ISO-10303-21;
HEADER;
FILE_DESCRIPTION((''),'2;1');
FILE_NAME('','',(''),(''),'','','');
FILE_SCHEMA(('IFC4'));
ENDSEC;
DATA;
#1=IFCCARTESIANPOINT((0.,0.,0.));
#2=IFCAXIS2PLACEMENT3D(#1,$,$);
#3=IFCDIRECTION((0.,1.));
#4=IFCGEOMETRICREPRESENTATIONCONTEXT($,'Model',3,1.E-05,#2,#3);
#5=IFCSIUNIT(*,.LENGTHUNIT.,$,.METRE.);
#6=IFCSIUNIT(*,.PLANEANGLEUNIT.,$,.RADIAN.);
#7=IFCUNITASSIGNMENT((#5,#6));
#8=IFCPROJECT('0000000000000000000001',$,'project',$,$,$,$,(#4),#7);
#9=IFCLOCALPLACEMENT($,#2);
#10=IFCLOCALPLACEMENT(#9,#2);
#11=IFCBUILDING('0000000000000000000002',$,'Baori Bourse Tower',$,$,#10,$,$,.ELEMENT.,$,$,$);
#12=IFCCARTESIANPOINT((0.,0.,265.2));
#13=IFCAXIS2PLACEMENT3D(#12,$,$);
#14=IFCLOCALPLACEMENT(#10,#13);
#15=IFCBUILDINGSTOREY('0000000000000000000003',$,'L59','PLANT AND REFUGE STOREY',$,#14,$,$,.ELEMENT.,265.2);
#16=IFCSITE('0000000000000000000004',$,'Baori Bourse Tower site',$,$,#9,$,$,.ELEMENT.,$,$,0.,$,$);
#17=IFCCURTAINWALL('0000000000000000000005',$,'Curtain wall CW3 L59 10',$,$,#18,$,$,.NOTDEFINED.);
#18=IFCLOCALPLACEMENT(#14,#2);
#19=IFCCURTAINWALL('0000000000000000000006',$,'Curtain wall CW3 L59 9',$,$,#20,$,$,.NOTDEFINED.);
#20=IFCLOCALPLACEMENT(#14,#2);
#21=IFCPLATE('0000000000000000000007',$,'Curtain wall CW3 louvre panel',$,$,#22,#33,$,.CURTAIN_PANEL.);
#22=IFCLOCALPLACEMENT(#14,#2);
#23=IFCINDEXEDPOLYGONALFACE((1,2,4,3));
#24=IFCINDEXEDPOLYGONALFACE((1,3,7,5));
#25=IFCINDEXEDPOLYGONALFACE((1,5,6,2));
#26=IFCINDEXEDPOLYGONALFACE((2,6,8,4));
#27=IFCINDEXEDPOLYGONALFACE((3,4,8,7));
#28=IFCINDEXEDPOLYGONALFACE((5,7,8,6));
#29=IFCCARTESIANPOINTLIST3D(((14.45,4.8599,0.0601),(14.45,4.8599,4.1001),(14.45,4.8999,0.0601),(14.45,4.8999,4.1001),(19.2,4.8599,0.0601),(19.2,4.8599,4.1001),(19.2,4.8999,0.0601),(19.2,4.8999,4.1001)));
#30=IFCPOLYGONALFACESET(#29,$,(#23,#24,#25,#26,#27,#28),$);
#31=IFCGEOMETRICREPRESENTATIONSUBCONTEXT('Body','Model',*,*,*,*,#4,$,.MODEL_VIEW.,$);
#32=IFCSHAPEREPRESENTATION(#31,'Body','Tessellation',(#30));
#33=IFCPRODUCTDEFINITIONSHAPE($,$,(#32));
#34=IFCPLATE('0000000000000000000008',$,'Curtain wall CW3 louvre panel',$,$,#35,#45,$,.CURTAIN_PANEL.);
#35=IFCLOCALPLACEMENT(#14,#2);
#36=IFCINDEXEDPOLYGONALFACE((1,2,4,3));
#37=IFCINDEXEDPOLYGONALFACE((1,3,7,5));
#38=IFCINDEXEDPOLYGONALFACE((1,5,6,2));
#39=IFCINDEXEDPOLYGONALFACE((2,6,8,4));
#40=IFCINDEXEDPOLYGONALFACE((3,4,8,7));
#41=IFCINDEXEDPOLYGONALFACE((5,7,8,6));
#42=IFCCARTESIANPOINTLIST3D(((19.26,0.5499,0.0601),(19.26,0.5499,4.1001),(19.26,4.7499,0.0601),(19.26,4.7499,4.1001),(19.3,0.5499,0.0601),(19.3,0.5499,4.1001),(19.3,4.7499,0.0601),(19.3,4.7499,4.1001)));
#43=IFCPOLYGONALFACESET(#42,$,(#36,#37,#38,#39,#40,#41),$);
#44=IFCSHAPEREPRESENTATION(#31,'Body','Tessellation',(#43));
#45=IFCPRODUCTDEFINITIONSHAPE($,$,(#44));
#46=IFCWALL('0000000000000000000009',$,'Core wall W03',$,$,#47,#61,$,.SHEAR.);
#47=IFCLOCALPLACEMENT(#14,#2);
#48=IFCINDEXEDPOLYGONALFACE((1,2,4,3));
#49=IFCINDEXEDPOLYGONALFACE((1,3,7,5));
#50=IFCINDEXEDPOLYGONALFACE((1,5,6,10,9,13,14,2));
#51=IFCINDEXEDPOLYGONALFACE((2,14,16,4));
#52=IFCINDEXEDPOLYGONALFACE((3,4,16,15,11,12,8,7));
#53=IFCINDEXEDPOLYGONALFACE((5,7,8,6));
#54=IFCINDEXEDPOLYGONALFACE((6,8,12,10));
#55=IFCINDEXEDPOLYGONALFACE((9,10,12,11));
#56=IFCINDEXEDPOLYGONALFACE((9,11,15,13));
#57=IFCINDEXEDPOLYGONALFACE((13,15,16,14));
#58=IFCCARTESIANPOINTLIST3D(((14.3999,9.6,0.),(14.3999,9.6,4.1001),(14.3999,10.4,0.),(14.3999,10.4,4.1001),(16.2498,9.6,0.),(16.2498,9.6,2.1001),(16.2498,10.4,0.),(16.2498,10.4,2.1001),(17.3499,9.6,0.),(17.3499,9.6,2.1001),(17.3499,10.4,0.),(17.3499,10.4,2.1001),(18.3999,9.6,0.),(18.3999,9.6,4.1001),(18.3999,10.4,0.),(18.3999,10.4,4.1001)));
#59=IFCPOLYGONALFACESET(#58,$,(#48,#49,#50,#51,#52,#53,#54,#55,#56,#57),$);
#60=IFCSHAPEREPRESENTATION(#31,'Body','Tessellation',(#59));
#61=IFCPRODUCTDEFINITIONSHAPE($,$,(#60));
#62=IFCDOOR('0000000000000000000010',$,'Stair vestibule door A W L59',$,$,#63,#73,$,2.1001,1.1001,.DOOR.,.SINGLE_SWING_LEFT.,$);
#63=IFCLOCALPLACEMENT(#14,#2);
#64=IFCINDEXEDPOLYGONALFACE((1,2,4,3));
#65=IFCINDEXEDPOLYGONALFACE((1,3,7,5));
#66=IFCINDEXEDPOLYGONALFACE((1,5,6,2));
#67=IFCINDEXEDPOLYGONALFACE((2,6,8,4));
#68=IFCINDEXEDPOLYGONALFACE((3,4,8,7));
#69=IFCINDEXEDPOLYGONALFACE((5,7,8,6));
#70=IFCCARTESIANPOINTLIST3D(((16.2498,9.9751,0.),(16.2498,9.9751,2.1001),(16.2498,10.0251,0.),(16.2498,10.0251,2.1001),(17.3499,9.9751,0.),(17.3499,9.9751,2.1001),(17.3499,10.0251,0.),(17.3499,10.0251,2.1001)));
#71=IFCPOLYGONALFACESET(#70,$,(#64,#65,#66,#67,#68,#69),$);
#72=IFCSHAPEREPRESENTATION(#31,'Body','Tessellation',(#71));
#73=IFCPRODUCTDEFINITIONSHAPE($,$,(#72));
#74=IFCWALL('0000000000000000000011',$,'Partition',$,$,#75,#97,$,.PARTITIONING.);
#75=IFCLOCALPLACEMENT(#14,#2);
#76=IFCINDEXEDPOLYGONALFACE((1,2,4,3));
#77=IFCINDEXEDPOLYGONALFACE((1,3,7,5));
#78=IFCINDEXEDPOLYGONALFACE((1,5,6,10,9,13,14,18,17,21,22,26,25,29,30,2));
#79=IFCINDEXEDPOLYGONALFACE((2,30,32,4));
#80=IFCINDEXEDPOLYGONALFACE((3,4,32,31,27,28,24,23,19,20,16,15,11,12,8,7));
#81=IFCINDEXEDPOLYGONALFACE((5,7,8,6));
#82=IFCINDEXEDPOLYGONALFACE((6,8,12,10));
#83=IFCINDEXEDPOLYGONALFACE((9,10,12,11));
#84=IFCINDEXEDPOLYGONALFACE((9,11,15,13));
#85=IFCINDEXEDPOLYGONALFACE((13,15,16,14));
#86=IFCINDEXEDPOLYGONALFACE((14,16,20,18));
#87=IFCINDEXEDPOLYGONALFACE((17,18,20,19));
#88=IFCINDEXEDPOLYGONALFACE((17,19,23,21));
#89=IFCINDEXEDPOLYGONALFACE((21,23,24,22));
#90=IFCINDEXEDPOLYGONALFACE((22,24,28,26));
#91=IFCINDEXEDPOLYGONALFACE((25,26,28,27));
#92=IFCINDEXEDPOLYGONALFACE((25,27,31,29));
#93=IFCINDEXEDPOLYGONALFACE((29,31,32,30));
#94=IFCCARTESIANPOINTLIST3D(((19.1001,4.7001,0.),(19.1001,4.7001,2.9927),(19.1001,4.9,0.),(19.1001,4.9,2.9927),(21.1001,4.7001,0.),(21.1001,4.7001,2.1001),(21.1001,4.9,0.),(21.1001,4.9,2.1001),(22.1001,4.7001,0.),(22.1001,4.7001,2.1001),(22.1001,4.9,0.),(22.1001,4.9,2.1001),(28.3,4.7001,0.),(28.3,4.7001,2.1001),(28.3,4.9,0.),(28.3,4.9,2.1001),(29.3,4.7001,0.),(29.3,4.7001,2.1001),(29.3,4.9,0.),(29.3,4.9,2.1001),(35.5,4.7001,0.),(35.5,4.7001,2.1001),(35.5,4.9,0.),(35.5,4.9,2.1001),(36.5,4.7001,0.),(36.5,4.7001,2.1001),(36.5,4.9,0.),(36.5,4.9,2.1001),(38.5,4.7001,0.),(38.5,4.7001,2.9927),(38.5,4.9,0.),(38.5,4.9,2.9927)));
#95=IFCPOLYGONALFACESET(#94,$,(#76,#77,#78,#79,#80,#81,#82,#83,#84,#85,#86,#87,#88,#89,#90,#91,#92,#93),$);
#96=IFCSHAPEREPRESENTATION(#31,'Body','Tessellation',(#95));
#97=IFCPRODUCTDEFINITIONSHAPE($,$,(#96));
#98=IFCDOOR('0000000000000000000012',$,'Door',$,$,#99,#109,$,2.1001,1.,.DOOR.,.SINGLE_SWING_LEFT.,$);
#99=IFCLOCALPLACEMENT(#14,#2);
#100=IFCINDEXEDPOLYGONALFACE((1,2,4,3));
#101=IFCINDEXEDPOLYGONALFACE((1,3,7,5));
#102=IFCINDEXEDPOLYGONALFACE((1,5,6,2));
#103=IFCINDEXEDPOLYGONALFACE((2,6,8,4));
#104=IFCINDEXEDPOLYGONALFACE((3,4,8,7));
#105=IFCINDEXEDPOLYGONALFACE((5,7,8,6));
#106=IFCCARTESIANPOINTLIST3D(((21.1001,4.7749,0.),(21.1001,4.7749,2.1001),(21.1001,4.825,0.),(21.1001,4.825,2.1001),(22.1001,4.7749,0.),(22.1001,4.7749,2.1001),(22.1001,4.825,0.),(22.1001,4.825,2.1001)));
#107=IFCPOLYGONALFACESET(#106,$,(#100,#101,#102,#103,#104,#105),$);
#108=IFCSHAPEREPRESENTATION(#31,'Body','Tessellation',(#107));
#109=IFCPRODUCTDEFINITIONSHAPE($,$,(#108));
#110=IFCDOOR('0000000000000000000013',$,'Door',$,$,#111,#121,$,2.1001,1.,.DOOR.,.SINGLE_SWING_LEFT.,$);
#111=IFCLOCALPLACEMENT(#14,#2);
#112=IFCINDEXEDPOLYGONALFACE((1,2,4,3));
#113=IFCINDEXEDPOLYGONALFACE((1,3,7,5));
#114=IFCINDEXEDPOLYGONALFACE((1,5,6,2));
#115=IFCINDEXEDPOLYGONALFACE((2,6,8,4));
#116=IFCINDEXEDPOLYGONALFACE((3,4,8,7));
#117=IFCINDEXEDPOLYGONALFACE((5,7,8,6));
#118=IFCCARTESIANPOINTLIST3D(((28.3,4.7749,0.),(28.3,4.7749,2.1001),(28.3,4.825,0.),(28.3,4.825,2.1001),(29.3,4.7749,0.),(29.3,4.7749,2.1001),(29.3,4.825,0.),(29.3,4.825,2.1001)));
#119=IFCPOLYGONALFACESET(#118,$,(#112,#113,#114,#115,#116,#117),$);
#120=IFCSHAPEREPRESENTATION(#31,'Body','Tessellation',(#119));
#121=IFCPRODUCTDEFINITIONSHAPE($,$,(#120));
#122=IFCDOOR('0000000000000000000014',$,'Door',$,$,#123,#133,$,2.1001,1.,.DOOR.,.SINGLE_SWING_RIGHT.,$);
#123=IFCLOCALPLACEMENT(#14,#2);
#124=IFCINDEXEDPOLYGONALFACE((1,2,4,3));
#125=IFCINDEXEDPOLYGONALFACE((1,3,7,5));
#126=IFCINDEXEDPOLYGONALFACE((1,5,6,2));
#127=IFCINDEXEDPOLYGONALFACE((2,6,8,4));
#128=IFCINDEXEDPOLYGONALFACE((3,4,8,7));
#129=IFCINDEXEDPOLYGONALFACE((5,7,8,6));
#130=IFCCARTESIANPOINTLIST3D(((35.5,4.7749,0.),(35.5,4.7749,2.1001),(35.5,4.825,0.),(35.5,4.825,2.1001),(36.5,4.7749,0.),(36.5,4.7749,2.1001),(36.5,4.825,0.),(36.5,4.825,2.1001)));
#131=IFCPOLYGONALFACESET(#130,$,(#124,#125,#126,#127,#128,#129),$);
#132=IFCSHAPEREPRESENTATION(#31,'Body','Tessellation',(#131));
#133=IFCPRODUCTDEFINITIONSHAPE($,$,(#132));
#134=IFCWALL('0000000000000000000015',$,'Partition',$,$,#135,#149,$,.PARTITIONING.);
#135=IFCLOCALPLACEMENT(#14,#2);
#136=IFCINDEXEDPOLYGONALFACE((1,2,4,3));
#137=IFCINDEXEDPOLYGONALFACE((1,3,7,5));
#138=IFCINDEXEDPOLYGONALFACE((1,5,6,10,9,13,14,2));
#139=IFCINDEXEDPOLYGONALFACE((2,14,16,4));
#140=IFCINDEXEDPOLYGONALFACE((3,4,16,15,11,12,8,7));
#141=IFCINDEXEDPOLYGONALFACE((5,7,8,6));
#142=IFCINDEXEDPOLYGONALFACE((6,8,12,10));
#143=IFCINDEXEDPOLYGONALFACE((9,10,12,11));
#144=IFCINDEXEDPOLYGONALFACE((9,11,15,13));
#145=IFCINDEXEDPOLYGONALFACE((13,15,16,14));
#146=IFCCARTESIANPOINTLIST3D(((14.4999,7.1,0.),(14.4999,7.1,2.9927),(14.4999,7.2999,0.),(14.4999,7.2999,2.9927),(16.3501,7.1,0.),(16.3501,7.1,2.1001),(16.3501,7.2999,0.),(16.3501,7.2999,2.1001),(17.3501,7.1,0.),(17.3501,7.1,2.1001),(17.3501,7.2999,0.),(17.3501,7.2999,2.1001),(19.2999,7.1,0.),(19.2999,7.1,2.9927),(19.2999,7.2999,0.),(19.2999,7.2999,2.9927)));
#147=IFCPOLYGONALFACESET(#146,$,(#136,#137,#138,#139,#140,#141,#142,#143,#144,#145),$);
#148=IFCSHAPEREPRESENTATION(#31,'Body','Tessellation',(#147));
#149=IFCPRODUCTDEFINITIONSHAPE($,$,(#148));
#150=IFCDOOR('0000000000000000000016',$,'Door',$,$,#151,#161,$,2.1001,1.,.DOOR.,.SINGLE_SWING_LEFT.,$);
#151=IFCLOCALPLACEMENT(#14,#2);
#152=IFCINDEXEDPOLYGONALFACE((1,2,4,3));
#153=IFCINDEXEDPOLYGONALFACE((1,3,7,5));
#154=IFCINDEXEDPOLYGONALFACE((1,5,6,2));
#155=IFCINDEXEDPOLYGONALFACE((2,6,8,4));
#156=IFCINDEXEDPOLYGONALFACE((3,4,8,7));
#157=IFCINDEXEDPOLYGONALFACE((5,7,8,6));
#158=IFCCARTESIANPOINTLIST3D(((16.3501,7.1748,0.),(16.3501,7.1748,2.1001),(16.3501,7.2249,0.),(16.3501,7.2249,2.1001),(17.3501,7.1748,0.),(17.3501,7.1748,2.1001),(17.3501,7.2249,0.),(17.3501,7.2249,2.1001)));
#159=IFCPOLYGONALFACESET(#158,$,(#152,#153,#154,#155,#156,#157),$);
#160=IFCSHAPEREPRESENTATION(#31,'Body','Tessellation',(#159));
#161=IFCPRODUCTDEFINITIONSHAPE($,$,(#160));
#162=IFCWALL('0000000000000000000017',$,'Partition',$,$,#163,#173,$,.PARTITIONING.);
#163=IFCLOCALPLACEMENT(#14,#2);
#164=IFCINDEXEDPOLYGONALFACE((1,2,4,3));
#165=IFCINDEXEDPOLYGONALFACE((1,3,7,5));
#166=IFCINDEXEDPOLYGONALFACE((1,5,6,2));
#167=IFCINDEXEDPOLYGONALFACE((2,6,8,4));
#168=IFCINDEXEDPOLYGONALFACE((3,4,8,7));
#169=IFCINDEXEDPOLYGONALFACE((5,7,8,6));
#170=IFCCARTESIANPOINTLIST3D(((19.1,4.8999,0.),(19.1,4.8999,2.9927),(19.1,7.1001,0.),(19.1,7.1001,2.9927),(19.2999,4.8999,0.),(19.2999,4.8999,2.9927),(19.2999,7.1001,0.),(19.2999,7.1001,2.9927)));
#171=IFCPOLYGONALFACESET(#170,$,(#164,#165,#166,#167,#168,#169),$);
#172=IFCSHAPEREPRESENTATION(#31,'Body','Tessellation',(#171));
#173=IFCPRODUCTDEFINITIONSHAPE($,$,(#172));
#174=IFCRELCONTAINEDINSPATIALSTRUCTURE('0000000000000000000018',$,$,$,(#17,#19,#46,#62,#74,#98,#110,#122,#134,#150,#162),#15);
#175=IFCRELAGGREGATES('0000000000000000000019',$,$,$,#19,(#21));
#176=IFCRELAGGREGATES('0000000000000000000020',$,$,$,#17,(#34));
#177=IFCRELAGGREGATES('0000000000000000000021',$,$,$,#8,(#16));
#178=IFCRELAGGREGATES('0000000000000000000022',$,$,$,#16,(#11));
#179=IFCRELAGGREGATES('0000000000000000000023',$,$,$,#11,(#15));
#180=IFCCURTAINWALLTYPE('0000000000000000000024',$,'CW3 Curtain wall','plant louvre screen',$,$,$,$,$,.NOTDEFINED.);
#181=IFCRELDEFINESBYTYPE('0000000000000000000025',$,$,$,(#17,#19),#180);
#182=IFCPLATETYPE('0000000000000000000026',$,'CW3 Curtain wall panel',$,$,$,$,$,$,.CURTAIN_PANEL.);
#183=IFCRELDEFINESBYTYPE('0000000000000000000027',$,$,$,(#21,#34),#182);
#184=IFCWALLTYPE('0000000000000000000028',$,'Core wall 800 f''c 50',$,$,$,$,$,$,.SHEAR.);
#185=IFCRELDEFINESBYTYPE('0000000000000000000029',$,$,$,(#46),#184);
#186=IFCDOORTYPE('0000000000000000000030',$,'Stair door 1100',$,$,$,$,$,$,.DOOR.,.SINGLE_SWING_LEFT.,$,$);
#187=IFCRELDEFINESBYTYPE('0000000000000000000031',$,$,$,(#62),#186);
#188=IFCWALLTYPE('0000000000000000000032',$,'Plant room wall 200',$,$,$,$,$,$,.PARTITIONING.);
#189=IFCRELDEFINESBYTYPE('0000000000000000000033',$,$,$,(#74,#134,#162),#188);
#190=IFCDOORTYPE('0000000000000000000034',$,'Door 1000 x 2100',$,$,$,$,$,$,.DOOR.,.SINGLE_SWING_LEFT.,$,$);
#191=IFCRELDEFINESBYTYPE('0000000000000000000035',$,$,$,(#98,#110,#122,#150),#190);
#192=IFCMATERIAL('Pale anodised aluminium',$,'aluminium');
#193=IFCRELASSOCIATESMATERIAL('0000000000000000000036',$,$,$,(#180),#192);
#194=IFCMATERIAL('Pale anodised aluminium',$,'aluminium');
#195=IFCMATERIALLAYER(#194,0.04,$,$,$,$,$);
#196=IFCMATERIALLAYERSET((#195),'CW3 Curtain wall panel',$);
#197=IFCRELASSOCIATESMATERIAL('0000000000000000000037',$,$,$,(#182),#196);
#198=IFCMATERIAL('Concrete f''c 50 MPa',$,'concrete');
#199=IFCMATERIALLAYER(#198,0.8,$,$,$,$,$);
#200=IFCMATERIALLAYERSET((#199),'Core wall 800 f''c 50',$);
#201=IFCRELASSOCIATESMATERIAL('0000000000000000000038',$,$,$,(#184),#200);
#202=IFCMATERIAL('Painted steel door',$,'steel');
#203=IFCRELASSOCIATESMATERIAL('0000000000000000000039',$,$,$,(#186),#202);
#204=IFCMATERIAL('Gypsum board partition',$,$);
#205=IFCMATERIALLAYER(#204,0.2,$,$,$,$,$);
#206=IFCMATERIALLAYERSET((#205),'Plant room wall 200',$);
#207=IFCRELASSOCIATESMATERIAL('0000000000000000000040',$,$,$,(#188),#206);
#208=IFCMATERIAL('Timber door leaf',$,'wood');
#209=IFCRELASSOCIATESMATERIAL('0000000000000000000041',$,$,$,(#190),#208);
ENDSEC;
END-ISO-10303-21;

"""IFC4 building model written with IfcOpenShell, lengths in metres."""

from ifc_helpers import new_model, si_unit, direction, frame, frame_2d, origin, origin_2d, place, context, subcontext, project, spatial, rectangle, extrude, material, layer, layer_set, type_object, element, fill, aggregate, save


model = new_model("IFC4")

# Units and contexts
model_context = context("Model", 3, precision=1e-05, world=origin(), true_north=direction((0.0, 1.0)))
body_context = subcontext(model_context, "Body", "Model", "MODEL_VIEW")
ifc_project = project(units=[si_unit("LENGTHUNIT", "METRE"), si_unit("PLANEANGLEUNIT", "RADIAN")], contexts=[model_context])

# Site, building, storey
site_placement = place(None, origin())
site = spatial("IfcSite", under=ifc_project, at=site_placement, Name="Baori Bourse Tower site", CompositionType="ELEMENT", RefElevation=0.0)
building_placement = place(site_placement, origin())
building = spatial("IfcBuilding", under=site, at=building_placement, Name="Baori Bourse Tower", CompositionType="ELEMENT")
storey_placement = place(building_placement, frame((0.0, 0.0, 265.2)))
storey = spatial("IfcBuildingStorey", under=building, at=storey_placement, Name="L59", Description="PLANT AND REFUGE STOREY", CompositionType="ELEMENT", Elevation=265.2)

# Curtain wall
ifc_material_1 = material(Name="Pale anodised aluminium", Category="aluminium")
curtain_wall_type = type_object("IfcCurtainWallType", Name="CW3 Curtain wall", Description="plant louvre screen", PredefinedType="NOTDEFINED", material=ifc_material_1)
curtain_wall_1_placement = place(storey_placement, origin())
curtain_wall_1 = element("IfcCurtainWall", 1, at=curtain_wall_1_placement, inside=storey, type_object=curtain_wall_type, Name="Curtain wall CW3 L59 10", PredefinedType="NOTDEFINED")

# Curtain wall, plate
curtain_wall_2_placement = place(storey_placement, origin())
curtain_wall_2 = element("IfcCurtainWall", 2, at=curtain_wall_2_placement, inside=storey, type_object=curtain_wall_type, Name="Curtain wall CW3 L59 9", PredefinedType="NOTDEFINED")
ifc_material_2 = material(Name="Pale anodised aluminium", Category="aluminium")
ifc_layer_1 = layer(ifc_material_2, 0.04)
ifc_layer_set_1 = layer_set([ifc_layer_1], Name="CW3 Curtain wall panel")
plate_type = type_object("IfcPlateType", Name="CW3 Curtain wall panel", PredefinedType="CURTAIN_PANEL", material=ifc_layer_set_1)
plate_1_placement = place(storey_placement, frame((16.825, 4.8799, 0.0601), z_axis=(0.0, 0.0, 1.0), x_axis=(1.0, 0.0, 0.0)))
plate_1 = element("IfcPlate", 3, at=plate_1_placement, type_object=plate_type, Name="Curtain wall CW3 louvre panel", PredefinedType="CURTAIN_PANEL", context=body_context, shape_type="SweptSolid", body=[
    extrude(rectangle(XDim=4.75, YDim=0.04, at=origin_2d()), origin(), (0.0, 0.0, 1.0), 4.04),
])
aggregate(curtain_wall_2, [plate_1])

# Plate
plate_2_placement = place(storey_placement, frame((19.28, 2.6499, 0.0601), z_axis=(0.0, 0.0, 1.0), x_axis=(0.0, -1.0, 0.0)))
plate_2 = element("IfcPlate", 4, at=plate_2_placement, type_object=plate_type, Name="Curtain wall CW3 louvre panel", PredefinedType="CURTAIN_PANEL", context=body_context, shape_type="SweptSolid", body=[
    extrude(rectangle(XDim=4.2, YDim=0.04, at=origin_2d()), origin(), (0.0, 0.0, 1.0), 4.04),
])
aggregate(curtain_wall_1, [plate_2])

# Wall, opening, door
ifc_material_3 = material(Name="Concrete f'c 50 MPa", Category="concrete")
ifc_layer_2 = layer(ifc_material_3, 0.8)
ifc_layer_set_2 = layer_set([ifc_layer_2], Name="Core wall 800 f'c 50")
wall_type_1 = type_object("IfcWallType", Name="Core wall 800 f'c 50", PredefinedType="SHEAR", material=ifc_layer_set_2)
wall_1_placement = place(storey_placement, frame((18.3999, 10.0, 0.0), z_axis=(0.0, 0.0, 1.0), x_axis=(-1.0, 0.0, 0.0)))
wall_1 = element("IfcWall", 5, at=wall_1_placement, inside=storey, type_object=wall_type_1, Name="Core wall W03", PredefinedType="SHEAR", context=body_context, shape_type="SweptSolid", body=[
    extrude(rectangle(XDim=4.0, YDim=0.8, at=frame_2d((2.0, 0.0))), origin(), (0.0, 0.0, 1.0), 4.1001),
])
opening_1_placement = place(wall_1_placement, frame((1.05, 0.0, 0.0)))
opening_1 = element("IfcOpeningElement", 6, at=opening_1_placement, cuts=wall_1, PredefinedType="OPENING", context=body_context, shape_type="SweptSolid", body=[
    extrude(rectangle(XDim=1.1001, YDim=2.1001, at=frame_2d((0.55, 1.05))), frame((0.0, 0.4099, 0.0), z_axis=(0.0, -1.0, 0.0), x_axis=(1.0, 0.0, 0.0)), (0.0, 0.0, 1.0), 0.8201),
])
ifc_material_4 = material(Name="Painted steel door", Category="steel")
door_type_1 = type_object("IfcDoorType", Name="Stair door 1100", OperationType="SINGLE_SWING_LEFT", PredefinedType="DOOR", material=ifc_material_4)
door_1_placement = place(opening_1_placement, origin())
door_1 = element("IfcDoor", 7, at=door_1_placement, inside=storey, type_object=door_type_1, Name="Stair vestibule door A W L59", OperationType="SINGLE_SWING_LEFT", OverallHeight=2.1001, OverallWidth=1.1001, PredefinedType="DOOR", context=body_context, shape_type="SweptSolid", body=[
    extrude(rectangle(XDim=1.1001, YDim=2.1001, at=frame_2d((0.55, 1.05))), frame((0.0, 0.0249, 0.0), z_axis=(0.0, -1.0, 0.0), x_axis=(1.0, 0.0, 0.0)), (0.0, 0.0, 1.0), 0.05),
])
fill(opening_1, door_1)

# Wall, openings, doors
ifc_material_5 = material(Name="Gypsum board partition")
ifc_layer_3 = layer(ifc_material_5, 0.2)
ifc_layer_set_3 = layer_set([ifc_layer_3], Name="Plant room wall 200")
wall_type_2 = type_object("IfcWallType", Name="Plant room wall 200", PredefinedType="PARTITIONING", material=ifc_layer_set_3)
wall_2_placement = place(storey_placement, frame((19.1001, 4.8, 0.0), z_axis=(0.0, 0.0, 1.0), x_axis=(1.0, 0.0, 0.0)))
wall_2 = element("IfcWall", 8, at=wall_2_placement, inside=storey, type_object=wall_type_2, Name="Partition", PredefinedType="PARTITIONING", context=body_context, shape_type="SweptSolid", body=[
    extrude(rectangle(XDim=19.3999, YDim=0.2, at=frame_2d((9.7, 0.0))), origin(), (0.0, 0.0, 1.0), 2.9927),
])
opening_2_placement = place(wall_2_placement, frame((2.0, 0.0, 0.0)))
opening_2 = element("IfcOpeningElement", 9, at=opening_2_placement, cuts=wall_2, PredefinedType="OPENING", context=body_context, shape_type="SweptSolid", body=[
    extrude(rectangle(XDim=1.0, YDim=2.1001, at=frame_2d((0.5, 1.05))), frame((0.0, 0.1099, 0.0), z_axis=(0.0, -1.0, 0.0), x_axis=(1.0, 0.0, 0.0)), (0.0, 0.0, 1.0), 0.22),
])
opening_3_placement = place(wall_2_placement, frame((9.2, 0.0, 0.0)))
opening_3 = element("IfcOpeningElement", 10, at=opening_3_placement, cuts=wall_2, PredefinedType="OPENING", context=body_context, shape_type="SweptSolid", body=[
    extrude(rectangle(XDim=1.0, YDim=2.1001, at=frame_2d((0.5, 1.05))), frame((0.0, 0.1099, 0.0), z_axis=(0.0, -1.0, 0.0), x_axis=(1.0, 0.0, 0.0)), (0.0, 0.0, 1.0), 0.22),
])
opening_4_placement = place(wall_2_placement, frame((16.3999, 0.0, 0.0)))
opening_4 = element("IfcOpeningElement", 11, at=opening_4_placement, cuts=wall_2, PredefinedType="OPENING", context=body_context, shape_type="SweptSolid", body=[
    extrude(rectangle(XDim=1.0, YDim=2.1001, at=frame_2d((0.5, 1.05))), frame((0.0, 0.1099, 0.0), z_axis=(0.0, -1.0, 0.0), x_axis=(1.0, 0.0, 0.0)), (0.0, 0.0, 1.0), 0.22),
])
ifc_material_6 = material(Name="Timber door leaf", Category="wood")
door_type_2 = type_object("IfcDoorType", Name="Door 1000 x 2100", OperationType="SINGLE_SWING_LEFT", PredefinedType="DOOR", material=ifc_material_6)
door_2_placement = place(opening_2_placement, origin())
door_2 = element("IfcDoor", 12, at=door_2_placement, inside=storey, type_object=door_type_2, Name="Door", OperationType="SINGLE_SWING_LEFT", OverallHeight=2.1001, OverallWidth=1.0, PredefinedType="DOOR", context=body_context, shape_type="SweptSolid", body=[
    extrude(rectangle(XDim=1.0, YDim=2.1001, at=frame_2d((0.5, 1.05))), frame((0.0, 0.0249, 0.0), z_axis=(0.0, -1.0, 0.0), x_axis=(1.0, 0.0, 0.0)), (0.0, 0.0, 1.0), 0.05),
])
fill(opening_2, door_2)
door_3_placement = place(opening_3_placement, origin())
door_3 = element("IfcDoor", 13, at=door_3_placement, inside=storey, type_object=door_type_2, Name="Door", OperationType="SINGLE_SWING_LEFT", OverallHeight=2.1001, OverallWidth=1.0, PredefinedType="DOOR", context=body_context, shape_type="SweptSolid", body=[
    extrude(rectangle(XDim=1.0, YDim=2.1001, at=frame_2d((0.5, 1.05))), frame((0.0, 0.0249, 0.0), z_axis=(0.0, -1.0, 0.0), x_axis=(1.0, 0.0, 0.0)), (0.0, 0.0, 1.0), 0.05),
])
fill(opening_3, door_3)
door_4_placement = place(opening_4_placement, origin())
door_4 = element("IfcDoor", 14, at=door_4_placement, inside=storey, type_object=door_type_2, Name="Door", OperationType="SINGLE_SWING_RIGHT", OverallHeight=2.1001, OverallWidth=1.0, PredefinedType="DOOR", context=body_context, shape_type="SweptSolid", body=[
    extrude(rectangle(XDim=1.0, YDim=2.1001, at=frame_2d((0.5, 1.05))), frame((0.0, 0.0249, 0.0), z_axis=(0.0, -1.0, 0.0), x_axis=(1.0, 0.0, 0.0)), (0.0, 0.0, 1.0), 0.05),
])
fill(opening_4, door_4)

# Wall, opening, door
wall_3_placement = place(storey_placement, frame((14.5, 7.2, 0.0), z_axis=(0.0, 0.0, 1.0), x_axis=(1.0, 0.0, 0.0)))
wall_3 = element("IfcWall", 15, at=wall_3_placement, inside=storey, type_object=wall_type_2, Name="Partition", PredefinedType="PARTITIONING", context=body_context, shape_type="SweptSolid", body=[
    extrude(rectangle(XDim=4.8, YDim=0.2, at=frame_2d((2.3999, 0.0))), origin(), (0.0, 0.0, 1.0), 2.9927),
])
opening_5_placement = place(wall_3_placement, frame((1.8501, 0.0, 0.0)))
opening_5 = element("IfcOpeningElement", 16, at=opening_5_placement, cuts=wall_3, PredefinedType="OPENING", context=body_context, shape_type="SweptSolid", body=[
    extrude(rectangle(XDim=1.0, YDim=2.1001, at=frame_2d((0.5, 1.05))), frame((0.0, 0.1099, 0.0), z_axis=(0.0, -1.0, 0.0), x_axis=(1.0, 0.0, 0.0)), (0.0, 0.0, 1.0), 0.22),
])
door_5_placement = place(opening_5_placement, origin())
door_5 = element("IfcDoor", 17, at=door_5_placement, inside=storey, type_object=door_type_2, Name="Door", OperationType="SINGLE_SWING_LEFT", OverallHeight=2.1001, OverallWidth=1.0, PredefinedType="DOOR", context=body_context, shape_type="SweptSolid", body=[
    extrude(rectangle(XDim=1.0, YDim=2.1001, at=frame_2d((0.5, 1.05))), frame((0.0, 0.0249, 0.0), z_axis=(0.0, -1.0, 0.0), x_axis=(1.0, 0.0, 0.0)), (0.0, 0.0, 1.0), 0.05),
])
fill(opening_5, door_5)

# Wall
wall_4_placement = place(storey_placement, frame((19.2, 4.8999, 0.0), z_axis=(0.0, 0.0, 1.0), x_axis=(0.0, 1.0, 0.0)))
element("IfcWall", 18, at=wall_4_placement, inside=storey, type_object=wall_type_2, Name="Partition", PredefinedType="PARTITIONING", context=body_context, shape_type="SweptSolid", body=[
    extrude(rectangle(XDim=2.2002, YDim=0.2, at=frame_2d((1.1001, 0.0))), origin(), (0.0, 0.0, 1.0), 2.9927),
])

save(model, "model.ifc")
